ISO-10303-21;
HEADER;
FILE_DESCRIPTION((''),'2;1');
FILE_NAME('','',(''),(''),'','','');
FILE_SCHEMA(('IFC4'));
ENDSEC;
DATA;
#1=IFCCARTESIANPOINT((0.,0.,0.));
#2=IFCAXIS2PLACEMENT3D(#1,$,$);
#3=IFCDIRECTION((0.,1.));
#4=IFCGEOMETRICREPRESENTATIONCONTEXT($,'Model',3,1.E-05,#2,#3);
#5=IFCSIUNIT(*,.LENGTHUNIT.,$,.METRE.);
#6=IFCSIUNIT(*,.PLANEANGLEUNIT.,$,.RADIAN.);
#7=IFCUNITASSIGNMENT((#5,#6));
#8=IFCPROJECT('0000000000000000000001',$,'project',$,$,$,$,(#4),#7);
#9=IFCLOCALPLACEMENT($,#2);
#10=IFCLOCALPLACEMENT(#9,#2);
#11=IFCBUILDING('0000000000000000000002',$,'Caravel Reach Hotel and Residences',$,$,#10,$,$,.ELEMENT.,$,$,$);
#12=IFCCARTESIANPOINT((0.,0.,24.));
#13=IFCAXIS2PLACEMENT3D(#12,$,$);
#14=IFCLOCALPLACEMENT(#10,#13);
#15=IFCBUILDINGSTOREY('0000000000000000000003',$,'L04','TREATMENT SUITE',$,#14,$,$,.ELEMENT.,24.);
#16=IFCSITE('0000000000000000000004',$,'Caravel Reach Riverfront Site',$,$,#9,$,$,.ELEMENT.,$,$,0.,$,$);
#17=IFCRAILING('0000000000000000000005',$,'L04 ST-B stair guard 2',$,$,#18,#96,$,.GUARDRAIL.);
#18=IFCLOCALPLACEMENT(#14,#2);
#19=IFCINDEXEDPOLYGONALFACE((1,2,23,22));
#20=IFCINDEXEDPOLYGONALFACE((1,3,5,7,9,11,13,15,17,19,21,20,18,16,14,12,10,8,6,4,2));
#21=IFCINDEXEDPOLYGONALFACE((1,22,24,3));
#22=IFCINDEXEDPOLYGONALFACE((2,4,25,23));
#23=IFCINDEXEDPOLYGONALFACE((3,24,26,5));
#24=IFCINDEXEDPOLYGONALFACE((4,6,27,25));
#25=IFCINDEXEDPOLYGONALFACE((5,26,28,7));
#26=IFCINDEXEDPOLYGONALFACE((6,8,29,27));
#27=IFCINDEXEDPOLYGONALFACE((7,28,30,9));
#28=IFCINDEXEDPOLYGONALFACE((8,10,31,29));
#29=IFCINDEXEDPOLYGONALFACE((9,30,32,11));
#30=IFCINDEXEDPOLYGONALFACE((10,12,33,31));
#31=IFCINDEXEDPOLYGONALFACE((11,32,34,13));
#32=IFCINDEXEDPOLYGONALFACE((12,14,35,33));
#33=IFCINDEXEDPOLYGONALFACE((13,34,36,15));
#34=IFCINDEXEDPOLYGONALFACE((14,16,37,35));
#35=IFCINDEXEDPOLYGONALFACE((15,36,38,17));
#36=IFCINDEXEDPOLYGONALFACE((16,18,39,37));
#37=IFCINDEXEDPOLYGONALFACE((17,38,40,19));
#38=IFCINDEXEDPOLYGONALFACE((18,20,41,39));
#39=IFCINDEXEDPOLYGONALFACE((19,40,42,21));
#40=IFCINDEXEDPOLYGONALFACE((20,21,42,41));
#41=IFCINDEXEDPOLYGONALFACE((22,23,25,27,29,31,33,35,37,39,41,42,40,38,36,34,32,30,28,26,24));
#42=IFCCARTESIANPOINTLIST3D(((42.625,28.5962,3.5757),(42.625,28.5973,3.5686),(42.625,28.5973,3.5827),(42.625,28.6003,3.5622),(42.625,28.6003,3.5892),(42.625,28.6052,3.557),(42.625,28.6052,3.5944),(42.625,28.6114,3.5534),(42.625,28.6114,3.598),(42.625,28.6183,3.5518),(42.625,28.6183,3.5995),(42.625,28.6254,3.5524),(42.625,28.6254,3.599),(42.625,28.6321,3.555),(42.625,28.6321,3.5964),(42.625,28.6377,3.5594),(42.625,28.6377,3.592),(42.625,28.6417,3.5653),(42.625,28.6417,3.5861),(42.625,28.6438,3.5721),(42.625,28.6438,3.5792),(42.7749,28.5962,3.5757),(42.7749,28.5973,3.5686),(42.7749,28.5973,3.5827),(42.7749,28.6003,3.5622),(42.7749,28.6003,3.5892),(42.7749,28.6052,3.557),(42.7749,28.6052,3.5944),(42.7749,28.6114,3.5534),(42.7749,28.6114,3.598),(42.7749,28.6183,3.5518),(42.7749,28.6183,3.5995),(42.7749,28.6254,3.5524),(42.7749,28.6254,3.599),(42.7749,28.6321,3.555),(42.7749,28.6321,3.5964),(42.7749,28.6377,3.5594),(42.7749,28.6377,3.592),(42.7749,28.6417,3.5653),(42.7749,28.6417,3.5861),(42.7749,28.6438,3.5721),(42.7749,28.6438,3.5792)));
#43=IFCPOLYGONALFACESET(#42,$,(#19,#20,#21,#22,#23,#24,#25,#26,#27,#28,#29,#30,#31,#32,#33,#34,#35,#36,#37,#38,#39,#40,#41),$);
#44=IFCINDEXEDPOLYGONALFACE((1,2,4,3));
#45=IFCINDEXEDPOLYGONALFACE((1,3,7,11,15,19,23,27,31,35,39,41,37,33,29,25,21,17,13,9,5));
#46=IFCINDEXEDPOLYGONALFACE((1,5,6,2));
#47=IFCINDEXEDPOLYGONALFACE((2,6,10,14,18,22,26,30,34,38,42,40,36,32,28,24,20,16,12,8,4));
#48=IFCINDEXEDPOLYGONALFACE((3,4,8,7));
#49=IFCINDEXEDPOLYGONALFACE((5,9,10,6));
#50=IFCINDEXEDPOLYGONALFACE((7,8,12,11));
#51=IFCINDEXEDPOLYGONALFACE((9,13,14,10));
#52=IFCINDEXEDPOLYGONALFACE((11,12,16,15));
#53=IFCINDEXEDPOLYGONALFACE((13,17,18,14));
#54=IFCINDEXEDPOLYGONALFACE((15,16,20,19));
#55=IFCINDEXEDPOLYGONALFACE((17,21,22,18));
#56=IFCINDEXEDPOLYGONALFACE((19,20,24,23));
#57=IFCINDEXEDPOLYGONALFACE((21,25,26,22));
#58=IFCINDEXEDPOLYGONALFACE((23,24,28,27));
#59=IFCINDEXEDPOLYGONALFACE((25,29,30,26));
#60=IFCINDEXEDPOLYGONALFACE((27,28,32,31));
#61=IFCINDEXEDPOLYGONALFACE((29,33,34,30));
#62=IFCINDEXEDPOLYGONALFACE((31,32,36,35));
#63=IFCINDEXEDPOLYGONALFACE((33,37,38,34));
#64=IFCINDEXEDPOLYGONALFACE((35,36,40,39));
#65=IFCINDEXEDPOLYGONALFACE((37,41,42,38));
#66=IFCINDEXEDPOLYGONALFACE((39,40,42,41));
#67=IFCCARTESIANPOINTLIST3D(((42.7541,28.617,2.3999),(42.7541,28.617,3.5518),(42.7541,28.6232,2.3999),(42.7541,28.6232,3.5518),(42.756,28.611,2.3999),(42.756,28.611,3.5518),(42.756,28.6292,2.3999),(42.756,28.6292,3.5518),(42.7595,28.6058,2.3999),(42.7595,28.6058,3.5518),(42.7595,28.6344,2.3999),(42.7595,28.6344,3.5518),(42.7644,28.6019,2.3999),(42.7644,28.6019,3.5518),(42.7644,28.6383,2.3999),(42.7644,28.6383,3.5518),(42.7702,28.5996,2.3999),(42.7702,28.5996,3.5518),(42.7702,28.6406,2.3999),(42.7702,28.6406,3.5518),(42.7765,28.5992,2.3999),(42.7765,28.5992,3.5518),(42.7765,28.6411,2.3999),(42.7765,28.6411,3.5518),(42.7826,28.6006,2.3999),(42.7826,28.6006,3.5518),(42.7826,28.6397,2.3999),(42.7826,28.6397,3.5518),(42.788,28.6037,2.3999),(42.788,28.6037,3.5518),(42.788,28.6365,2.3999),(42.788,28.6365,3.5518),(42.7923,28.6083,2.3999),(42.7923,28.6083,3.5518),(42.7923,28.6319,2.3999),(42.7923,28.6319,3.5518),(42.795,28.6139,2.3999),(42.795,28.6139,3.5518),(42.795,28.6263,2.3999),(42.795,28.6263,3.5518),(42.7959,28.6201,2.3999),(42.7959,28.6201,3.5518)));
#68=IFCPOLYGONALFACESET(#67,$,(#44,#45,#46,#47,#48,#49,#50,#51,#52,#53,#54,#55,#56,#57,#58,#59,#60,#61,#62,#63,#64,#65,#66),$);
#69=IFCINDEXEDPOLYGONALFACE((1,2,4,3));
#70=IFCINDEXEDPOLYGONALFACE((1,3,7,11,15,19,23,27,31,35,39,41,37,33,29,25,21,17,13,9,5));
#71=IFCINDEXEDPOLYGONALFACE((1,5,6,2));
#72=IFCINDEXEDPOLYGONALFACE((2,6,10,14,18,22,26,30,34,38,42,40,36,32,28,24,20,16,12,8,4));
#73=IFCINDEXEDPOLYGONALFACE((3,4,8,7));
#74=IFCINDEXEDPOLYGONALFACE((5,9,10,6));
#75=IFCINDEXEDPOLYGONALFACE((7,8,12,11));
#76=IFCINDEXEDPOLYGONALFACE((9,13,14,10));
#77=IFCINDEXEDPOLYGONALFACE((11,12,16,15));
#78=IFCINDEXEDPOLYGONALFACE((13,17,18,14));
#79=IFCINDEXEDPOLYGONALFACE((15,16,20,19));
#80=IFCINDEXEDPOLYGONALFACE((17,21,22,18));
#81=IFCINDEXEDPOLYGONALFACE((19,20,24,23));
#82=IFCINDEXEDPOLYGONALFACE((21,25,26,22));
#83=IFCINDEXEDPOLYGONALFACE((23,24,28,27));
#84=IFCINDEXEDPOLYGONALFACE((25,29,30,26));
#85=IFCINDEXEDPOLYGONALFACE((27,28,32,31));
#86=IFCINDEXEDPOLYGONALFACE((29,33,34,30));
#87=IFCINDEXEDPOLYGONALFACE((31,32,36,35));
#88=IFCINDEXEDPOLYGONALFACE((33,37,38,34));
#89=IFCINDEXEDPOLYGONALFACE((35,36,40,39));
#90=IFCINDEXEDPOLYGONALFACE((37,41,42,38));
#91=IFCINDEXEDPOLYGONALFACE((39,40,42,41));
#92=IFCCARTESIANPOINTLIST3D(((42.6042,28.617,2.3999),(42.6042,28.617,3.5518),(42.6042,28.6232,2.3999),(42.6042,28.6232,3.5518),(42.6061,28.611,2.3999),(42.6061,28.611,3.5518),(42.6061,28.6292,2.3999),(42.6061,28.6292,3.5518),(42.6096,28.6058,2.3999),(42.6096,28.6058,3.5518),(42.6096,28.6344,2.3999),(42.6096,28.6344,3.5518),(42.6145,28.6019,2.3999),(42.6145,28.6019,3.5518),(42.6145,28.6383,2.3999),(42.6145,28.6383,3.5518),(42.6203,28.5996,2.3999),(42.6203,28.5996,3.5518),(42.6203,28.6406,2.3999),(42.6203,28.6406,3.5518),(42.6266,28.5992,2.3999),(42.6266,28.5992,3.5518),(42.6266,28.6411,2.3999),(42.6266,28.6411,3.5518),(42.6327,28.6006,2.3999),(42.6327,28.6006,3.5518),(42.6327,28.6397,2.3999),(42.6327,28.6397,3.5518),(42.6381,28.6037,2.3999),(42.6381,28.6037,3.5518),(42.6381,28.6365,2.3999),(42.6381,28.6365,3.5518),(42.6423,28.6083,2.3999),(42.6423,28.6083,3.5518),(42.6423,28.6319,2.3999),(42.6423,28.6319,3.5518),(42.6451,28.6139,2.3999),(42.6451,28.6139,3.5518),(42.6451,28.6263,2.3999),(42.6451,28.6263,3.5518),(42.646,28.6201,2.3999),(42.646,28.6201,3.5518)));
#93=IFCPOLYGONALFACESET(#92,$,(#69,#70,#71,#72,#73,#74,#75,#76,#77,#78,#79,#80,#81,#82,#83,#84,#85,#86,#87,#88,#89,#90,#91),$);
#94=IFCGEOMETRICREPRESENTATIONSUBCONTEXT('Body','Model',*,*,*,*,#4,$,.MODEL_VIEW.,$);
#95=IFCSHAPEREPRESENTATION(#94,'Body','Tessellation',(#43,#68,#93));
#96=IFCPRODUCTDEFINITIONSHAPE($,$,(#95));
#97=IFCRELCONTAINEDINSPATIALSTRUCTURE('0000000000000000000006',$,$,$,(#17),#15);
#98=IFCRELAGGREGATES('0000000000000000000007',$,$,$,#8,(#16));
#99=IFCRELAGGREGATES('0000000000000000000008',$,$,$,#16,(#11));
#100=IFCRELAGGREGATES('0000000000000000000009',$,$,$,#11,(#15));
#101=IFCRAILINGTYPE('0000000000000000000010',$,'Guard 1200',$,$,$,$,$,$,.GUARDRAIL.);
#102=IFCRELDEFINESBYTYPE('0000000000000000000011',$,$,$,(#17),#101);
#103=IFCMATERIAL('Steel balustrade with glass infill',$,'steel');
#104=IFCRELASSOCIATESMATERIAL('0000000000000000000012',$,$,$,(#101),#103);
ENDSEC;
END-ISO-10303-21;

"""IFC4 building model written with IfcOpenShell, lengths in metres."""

from ifc_helpers import new_model, si_unit, direction, frame, origin, origin_2d, place, context, subcontext, project, spatial, circle, extrude, material, type_object, element, save


model = new_model("IFC4")

# Units and contexts
model_context = context("Model", 3, precision=1e-05, world=origin(), true_north=direction((0.0, 1.0)))
body_context = subcontext(model_context, "Body", "Model", "MODEL_VIEW")
ifc_project = project(units=[si_unit("LENGTHUNIT", "METRE"), si_unit("PLANEANGLEUNIT", "RADIAN")], contexts=[model_context])

# Site, building, storey
site_placement = place(None, origin())
site = spatial("IfcSite", under=ifc_project, at=site_placement, Name="Caravel Reach Riverfront Site", CompositionType="ELEMENT", RefElevation=0.0)
building_placement = place(site_placement, origin())
building = spatial("IfcBuilding", under=site, at=building_placement, Name="Caravel Reach Hotel and Residences", CompositionType="ELEMENT")
storey_placement = place(building_placement, frame((0.0, 0.0, 24.0)))
storey = spatial("IfcBuildingStorey", under=building, at=storey_placement, Name="L04", Description="TREATMENT SUITE", CompositionType="ELEMENT", Elevation=24.0)

# Railing
ifc_material_1 = material(Name="Steel balustrade with glass infill", Category="steel")
railing_type_1 = type_object("IfcRailingType", Name="Guard 1200", PredefinedType="GUARDRAIL", material=ifc_material_1)
railing_1_placement = place(storey_placement, frame((42.7749, 28.6201, 2.3999)))
element("IfcRailing", 1, at=railing_1_placement, inside=storey, type_object=railing_type_1, Name="L04 ST-B stair guard 2", PredefinedType="GUARDRAIL", context=body_context, shape_type="SweptSolid", body=[
    extrude(circle(Radius=0.0239, at=origin_2d()), frame((0.0, 0.0, 1.1758), z_axis=(-1.0, 0.0, 0.0), x_axis=(0.0, -1.0, 0.0)), (0.0, 0.0, 1.0), 0.1499),
    extrude(circle(Radius=0.021, at=origin_2d()), origin(), (0.0, 0.0, 1.0), 1.1519),
    extrude(circle(Radius=0.021, at=origin_2d()), frame((-0.1499, 0.0, 0.0)), (0.0, 0.0, 1.0), 1.1519),
])

save(model, "model.ifc")
